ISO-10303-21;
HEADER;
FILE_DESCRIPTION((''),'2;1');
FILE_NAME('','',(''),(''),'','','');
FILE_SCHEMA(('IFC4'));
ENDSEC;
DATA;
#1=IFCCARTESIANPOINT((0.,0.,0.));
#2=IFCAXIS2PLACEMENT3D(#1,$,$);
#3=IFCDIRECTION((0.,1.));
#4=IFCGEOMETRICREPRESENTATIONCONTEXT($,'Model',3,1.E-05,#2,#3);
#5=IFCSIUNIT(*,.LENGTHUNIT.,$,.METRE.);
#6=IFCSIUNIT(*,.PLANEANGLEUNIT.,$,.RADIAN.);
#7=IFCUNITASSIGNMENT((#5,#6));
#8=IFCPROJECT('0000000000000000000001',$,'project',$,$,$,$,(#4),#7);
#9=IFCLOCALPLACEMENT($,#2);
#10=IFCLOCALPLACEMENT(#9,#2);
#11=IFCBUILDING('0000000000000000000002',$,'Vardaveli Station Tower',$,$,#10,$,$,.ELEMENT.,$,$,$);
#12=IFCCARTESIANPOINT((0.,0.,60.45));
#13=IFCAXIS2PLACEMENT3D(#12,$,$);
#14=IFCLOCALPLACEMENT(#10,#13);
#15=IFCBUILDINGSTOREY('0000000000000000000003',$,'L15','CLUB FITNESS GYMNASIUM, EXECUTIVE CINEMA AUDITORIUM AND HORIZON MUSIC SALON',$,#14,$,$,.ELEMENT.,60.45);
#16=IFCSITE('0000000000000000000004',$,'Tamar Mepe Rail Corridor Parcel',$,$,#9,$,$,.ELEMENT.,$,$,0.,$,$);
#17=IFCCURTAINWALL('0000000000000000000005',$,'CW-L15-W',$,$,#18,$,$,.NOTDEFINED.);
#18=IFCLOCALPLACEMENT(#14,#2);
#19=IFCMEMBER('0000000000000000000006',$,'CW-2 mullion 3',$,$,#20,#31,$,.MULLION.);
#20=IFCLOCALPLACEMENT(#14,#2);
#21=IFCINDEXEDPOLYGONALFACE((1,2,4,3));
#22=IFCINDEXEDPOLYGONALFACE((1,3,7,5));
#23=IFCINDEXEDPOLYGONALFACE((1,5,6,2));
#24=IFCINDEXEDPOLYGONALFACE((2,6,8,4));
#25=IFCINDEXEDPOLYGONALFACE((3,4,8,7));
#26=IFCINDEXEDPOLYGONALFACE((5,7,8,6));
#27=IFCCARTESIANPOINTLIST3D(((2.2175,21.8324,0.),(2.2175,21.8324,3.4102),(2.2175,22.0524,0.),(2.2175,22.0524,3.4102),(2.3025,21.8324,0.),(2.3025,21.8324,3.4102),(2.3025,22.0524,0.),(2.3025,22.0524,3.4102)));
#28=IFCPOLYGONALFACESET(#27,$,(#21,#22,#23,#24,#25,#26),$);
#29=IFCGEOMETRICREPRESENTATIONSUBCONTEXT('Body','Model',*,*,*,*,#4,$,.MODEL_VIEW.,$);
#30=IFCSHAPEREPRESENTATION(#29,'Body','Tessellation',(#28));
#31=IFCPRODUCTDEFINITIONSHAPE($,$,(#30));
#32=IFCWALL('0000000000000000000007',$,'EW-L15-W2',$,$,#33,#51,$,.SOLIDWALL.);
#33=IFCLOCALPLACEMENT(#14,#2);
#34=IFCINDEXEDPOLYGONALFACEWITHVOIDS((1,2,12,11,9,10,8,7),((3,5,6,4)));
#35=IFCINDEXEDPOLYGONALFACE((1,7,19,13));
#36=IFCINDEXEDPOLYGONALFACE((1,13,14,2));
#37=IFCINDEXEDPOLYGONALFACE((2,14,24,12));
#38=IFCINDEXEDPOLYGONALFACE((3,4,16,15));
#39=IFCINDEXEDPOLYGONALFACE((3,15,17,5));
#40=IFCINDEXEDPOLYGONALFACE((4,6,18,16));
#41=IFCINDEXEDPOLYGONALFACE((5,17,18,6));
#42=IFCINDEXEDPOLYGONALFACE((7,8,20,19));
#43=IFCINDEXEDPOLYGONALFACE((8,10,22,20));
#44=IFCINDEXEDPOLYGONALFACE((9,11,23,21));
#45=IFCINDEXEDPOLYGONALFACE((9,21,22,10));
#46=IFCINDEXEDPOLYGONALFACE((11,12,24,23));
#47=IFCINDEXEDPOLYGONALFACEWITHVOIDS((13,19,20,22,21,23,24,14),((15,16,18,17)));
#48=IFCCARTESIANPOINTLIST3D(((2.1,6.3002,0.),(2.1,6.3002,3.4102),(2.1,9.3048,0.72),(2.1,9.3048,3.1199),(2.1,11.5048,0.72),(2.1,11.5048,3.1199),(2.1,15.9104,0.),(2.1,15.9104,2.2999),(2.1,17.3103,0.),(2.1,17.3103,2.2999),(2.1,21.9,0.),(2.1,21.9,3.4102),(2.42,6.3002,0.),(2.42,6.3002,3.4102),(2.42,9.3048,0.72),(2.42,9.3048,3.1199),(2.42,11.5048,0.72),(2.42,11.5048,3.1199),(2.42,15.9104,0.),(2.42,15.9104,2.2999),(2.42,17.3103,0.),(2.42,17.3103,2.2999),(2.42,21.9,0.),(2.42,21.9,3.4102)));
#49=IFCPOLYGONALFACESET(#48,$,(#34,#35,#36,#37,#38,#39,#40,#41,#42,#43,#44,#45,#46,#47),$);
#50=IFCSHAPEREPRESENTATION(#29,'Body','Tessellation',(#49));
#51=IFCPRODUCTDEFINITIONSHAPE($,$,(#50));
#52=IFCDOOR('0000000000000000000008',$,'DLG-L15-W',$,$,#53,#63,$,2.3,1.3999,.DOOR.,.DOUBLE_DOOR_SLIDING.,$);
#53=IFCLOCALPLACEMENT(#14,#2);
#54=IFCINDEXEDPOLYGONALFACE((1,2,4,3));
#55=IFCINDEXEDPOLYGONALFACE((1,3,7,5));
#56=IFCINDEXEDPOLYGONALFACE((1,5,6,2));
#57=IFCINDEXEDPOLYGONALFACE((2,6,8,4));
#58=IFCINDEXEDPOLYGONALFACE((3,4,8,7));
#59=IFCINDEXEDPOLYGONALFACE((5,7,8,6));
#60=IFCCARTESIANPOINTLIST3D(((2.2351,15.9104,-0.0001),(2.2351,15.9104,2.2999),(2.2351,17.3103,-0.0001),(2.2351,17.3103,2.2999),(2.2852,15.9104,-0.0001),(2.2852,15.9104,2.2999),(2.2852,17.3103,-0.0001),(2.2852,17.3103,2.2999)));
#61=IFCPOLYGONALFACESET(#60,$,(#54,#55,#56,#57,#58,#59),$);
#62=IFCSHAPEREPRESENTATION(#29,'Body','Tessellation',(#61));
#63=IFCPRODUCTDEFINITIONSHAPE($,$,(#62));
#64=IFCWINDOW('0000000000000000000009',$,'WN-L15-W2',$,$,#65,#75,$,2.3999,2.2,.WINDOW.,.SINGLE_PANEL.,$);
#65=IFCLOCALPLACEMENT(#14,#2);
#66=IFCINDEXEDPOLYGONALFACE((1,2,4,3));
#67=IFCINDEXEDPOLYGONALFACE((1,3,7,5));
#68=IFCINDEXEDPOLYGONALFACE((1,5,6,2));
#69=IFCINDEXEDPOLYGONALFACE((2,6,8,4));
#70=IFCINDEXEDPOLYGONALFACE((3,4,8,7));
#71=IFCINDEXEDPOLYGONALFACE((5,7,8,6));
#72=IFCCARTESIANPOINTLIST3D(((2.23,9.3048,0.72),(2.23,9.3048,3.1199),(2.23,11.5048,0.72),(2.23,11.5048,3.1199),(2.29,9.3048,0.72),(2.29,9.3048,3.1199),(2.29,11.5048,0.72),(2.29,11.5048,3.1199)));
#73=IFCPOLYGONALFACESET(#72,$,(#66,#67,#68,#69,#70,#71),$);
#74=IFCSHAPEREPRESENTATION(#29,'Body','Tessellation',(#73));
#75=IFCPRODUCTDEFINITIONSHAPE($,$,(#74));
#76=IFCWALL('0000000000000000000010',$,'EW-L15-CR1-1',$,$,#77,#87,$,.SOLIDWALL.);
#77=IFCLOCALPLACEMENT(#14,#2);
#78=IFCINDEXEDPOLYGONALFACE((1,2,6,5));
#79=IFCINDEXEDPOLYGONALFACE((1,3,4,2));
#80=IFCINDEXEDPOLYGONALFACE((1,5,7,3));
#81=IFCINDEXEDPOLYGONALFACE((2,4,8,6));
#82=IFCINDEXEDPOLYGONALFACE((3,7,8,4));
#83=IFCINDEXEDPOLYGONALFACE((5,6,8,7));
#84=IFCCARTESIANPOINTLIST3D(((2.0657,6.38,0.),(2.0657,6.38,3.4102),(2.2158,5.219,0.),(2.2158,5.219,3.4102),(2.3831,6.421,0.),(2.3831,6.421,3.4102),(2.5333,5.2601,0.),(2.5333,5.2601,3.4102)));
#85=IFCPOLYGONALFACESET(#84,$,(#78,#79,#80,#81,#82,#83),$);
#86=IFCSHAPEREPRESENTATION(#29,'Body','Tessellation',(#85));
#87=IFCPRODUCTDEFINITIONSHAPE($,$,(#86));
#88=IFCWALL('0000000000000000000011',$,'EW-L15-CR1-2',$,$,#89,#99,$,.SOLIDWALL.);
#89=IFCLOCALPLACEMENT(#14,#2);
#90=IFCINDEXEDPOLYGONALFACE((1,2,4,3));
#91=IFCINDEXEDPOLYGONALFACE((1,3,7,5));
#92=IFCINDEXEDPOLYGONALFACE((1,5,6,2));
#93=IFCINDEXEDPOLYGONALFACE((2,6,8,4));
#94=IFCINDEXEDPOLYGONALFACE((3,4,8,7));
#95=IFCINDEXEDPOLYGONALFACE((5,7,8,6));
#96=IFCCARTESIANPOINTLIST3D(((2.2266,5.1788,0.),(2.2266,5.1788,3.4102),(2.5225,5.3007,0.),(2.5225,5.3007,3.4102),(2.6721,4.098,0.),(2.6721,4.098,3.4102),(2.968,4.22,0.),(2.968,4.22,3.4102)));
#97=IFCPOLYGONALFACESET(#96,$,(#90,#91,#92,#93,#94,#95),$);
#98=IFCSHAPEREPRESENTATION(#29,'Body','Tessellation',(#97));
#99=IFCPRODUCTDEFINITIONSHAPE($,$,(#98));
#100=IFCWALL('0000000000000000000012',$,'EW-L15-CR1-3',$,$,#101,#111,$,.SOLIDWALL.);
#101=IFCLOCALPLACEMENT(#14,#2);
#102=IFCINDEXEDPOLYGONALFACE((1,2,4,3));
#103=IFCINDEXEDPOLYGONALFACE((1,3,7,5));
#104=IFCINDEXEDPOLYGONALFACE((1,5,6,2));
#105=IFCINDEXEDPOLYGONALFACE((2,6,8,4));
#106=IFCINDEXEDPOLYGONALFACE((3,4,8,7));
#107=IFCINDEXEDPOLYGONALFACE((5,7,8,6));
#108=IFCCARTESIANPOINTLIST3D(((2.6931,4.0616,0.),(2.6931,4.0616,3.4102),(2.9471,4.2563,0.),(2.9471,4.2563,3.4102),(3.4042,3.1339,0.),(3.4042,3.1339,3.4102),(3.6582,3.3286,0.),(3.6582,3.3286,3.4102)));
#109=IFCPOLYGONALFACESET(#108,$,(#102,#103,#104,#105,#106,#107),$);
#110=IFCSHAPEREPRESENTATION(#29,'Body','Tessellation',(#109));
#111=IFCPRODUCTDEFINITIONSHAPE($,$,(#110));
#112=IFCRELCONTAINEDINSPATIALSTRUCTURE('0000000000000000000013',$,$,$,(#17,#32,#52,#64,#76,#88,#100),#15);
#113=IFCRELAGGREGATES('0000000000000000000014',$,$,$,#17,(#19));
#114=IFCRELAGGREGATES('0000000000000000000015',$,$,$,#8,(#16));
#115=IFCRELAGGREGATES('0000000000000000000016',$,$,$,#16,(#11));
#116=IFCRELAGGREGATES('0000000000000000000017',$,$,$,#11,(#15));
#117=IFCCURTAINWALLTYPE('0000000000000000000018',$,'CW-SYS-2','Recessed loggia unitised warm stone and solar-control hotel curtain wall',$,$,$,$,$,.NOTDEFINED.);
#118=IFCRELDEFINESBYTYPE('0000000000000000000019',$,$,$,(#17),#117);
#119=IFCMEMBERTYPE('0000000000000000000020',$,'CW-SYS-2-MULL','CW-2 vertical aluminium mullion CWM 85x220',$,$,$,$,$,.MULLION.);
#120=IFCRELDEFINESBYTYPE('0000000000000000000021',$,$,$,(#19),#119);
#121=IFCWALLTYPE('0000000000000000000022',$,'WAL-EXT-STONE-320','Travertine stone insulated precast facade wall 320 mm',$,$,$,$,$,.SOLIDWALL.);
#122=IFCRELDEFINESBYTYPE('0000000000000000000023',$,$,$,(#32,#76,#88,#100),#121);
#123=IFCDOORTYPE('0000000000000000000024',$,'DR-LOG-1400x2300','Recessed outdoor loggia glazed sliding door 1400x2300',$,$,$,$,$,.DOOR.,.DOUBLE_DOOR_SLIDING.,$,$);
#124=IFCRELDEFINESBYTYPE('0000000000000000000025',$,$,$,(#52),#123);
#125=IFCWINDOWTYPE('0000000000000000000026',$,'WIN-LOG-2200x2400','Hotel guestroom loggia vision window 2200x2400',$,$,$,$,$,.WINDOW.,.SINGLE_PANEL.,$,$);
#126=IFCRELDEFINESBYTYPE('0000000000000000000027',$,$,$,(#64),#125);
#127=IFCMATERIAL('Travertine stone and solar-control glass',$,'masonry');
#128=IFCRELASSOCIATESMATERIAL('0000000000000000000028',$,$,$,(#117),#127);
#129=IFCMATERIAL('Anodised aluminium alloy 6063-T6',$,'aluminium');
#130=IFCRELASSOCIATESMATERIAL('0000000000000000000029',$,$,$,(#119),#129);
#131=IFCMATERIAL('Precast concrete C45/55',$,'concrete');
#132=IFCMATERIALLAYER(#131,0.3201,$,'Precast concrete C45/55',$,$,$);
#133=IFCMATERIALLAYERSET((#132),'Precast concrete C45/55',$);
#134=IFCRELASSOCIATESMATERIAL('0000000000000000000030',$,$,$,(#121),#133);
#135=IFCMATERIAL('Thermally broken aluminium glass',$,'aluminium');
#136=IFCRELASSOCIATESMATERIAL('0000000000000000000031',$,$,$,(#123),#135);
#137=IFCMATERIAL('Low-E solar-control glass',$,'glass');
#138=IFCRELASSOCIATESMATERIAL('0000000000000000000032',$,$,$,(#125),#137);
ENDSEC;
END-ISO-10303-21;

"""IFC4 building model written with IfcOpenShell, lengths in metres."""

from ifc_helpers import new_model, si_unit, direction, frame, frame_2d, origin, origin_2d, place, context, subcontext, project, spatial, rectangle, extrude, source, transform, mapped, material, layer, layer_set, material_profile, profile_set, type_object, element, fill, aggregate, save


model = new_model("IFC4")

# Units and contexts
model_context = context("Model", 3, precision=1e-05, world=origin(), true_north=direction((0.0, 1.0)))
body_context = subcontext(model_context, "Body", "Model", "MODEL_VIEW")
ifc_project = project(units=[si_unit("LENGTHUNIT", "METRE"), si_unit("PLANEANGLEUNIT", "RADIAN")], contexts=[model_context])

# Site, building, storey
site_placement = place(None, origin())
site = spatial("IfcSite", under=ifc_project, at=site_placement, Name="Tamar Mepe Rail Corridor Parcel", CompositionType="ELEMENT", RefElevation=0.0)
building_placement = place(site_placement, origin())
building = spatial("IfcBuilding", under=site, at=building_placement, Name="Vardaveli Station Tower", CompositionType="ELEMENT")
storey_placement = place(building_placement, frame((0.0, 0.0, 60.45)))
storey = spatial("IfcBuildingStorey", under=building, at=storey_placement, Name="L15", Description="CLUB FITNESS GYMNASIUM, EXECUTIVE CINEMA AUDITORIUM AND HORIZON MUSIC SALON", CompositionType="ELEMENT", Elevation=60.45)

# Shared definitions
ifc_material_1 = material(Name="Precast concrete C45/55", Category="concrete")

# Curtain wall, member
ifc_material_2 = material(Name="Travertine stone and solar-control glass", Category="masonry")
curtain_wall_type = type_object("IfcCurtainWallType", Name="CW-SYS-2", Description="Recessed loggia unitised warm stone and solar-control hotel curtain wall", PredefinedType="NOTDEFINED", material=ifc_material_2)
curtain_wall_placement = place(storey_placement, origin())
curtain_wall = element("IfcCurtainWall", 1, at=curtain_wall_placement, inside=storey, type_object=curtain_wall_type, Name="CW-L15-W", PredefinedType="NOTDEFINED")
ifc_material_3 = material(Name="Anodised aluminium alloy 6063-T6", Category="aluminium")
ifc_material_profile_1 = material_profile(ifc_material_3, rectangle(XDim=0.085, YDim=0.22, at=origin_2d()), Name="CWM 85x220")
ifc_profile_set_1 = profile_set([ifc_material_profile_1], Name="Anodised aluminium alloy 6063-T6")
member_type = type_object("IfcMemberType", Name="CW-SYS-2-MULL", Description="CW-2 vertical aluminium mullion CWM 85x220", PredefinedType="MULLION", material=ifc_profile_set_1)
shared_shape_1 = source(origin(), body_context, "Body", "SweptSolid", [
    extrude(rectangle(XDim=0.085, YDim=0.22, at=origin_2d()), origin(), (0.0, 0.0, 1.0), 3.4102),
])
member_placement = place(storey_placement, frame((2.26, 21.9424, 0.0), z_axis=(0.0, 0.0, 1.0), x_axis=(1.0, 0.0, 0.0)))
member = element("IfcMember", 2, at=member_placement, type_object=member_type, Name="CW-2 mullion 3", PredefinedType="MULLION", context=body_context, shape_type="MappedRepresentation", body=[
    mapped(shared_shape_1, transform((0.0, 0.0, 0.0), scale=1.0)),
])
aggregate(curtain_wall, [member])

# Wall, openings, door, window
ifc_layer_1 = layer(ifc_material_1, 0.3201, Name="Precast concrete C45/55")
ifc_layer_set_1 = layer_set([ifc_layer_1], Name="Precast concrete C45/55")
wall_type_1 = type_object("IfcWallType", Name="WAL-EXT-STONE-320", Description="Travertine stone insulated precast facade wall 320 mm", PredefinedType="SOLIDWALL", material=ifc_layer_set_1)
shared_shape_2 = source(origin(), body_context, "Body", "SweptSolid", [
    extrude(rectangle(XDim=15.5999, YDim=0.3201, at=frame_2d((7.7998, 0.0))), origin(), (0.0, 0.0, 1.0), 3.4102),
])
wall_1_placement = place(storey_placement, frame((2.26, 21.8999, 0.0), z_axis=(0.0, 0.0, 1.0), x_axis=(0.0, -1.0, 0.0)))
wall_1 = element("IfcWall", 3, at=wall_1_placement, inside=storey, type_object=wall_type_1, Name="EW-L15-W2", PredefinedType="SOLIDWALL", context=body_context, shape_type="MappedRepresentation", body=[
    mapped(shared_shape_2, transform((0.0, 0.0, 0.0), scale=1.0)),
])
shared_shape_3 = source(origin(), body_context, "Body", "SweptSolid", [
    extrude(rectangle(XDim=1.3999, YDim=2.3, at=frame_2d((0.7, 1.1499))), frame((0.0, 0.1699, 0.0), z_axis=(0.0, -1.0, 0.0), x_axis=(1.0, 0.0, 0.0)), (0.0, 0.0, 1.0), 0.3401),
])
opening_1_placement = place(wall_1_placement, frame((4.5896, 0.0, 0.0)))
opening_1 = element("IfcOpeningElement", 4, at=opening_1_placement, cuts=wall_1, PredefinedType="OPENING", context=body_context, shape_type="MappedRepresentation", body=[
    mapped(shared_shape_3, transform((0.0, 0.0, 0.0), scale=1.0)),
])
shared_shape_4 = source(origin(), body_context, "Body", "SweptSolid", [
    extrude(rectangle(XDim=2.2, YDim=2.3999, at=frame_2d((1.1001, 1.2))), frame((0.0, 0.1699, 0.0), z_axis=(0.0, -1.0, 0.0), x_axis=(1.0, 0.0, 0.0)), (0.0, 0.0, 1.0), 0.3401),
])
opening_2_placement = place(wall_1_placement, frame((10.395, 0.0, 0.72)))
opening_2 = element("IfcOpeningElement", 5, at=opening_2_placement, cuts=wall_1, PredefinedType="OPENING", context=body_context, shape_type="MappedRepresentation", body=[
    mapped(shared_shape_4, transform((0.0, 0.0, 0.0), scale=1.0)),
])
ifc_material_4 = material(Name="Thermally broken aluminium glass", Category="aluminium")
door_type_1 = type_object("IfcDoorType", Name="DR-LOG-1400x2300", Description="Recessed outdoor loggia glazed sliding door 1400x2300", OperationType="DOUBLE_DOOR_SLIDING", PredefinedType="DOOR", material=ifc_material_4)
shared_shape_5 = source(origin(), body_context, "Body", "SweptSolid", [
    extrude(rectangle(XDim=1.3999, YDim=2.3, at=frame_2d((0.7, 1.1499))), frame((0.0, 0.0249, 0.0), z_axis=(0.0, -1.0, 0.0), x_axis=(1.0, 0.0, 0.0)), (0.0, 0.0, 1.0), 0.05),
])
door_1_placement = place(opening_1_placement, frame((1.3999, 0.0, 0.0), z_axis=(0.0, 0.0, 1.0), x_axis=(-1.0, 0.0, 0.0)))
door_1 = element("IfcDoor", 6, at=door_1_placement, inside=storey, type_object=door_type_1, Name="DLG-L15-W", OperationType="DOUBLE_DOOR_SLIDING", OverallHeight=2.3, OverallWidth=1.3999, PredefinedType="DOOR", context=body_context, shape_type="MappedRepresentation", body=[
    mapped(shared_shape_5, transform((0.0, 0.0, 0.0), scale=1.0)),
])
fill(opening_1, door_1)
ifc_material_5 = material(Name="Low-E solar-control glass", Category="glass")
window_type = type_object("IfcWindowType", Name="WIN-LOG-2200x2400", Description="Hotel guestroom loggia vision window 2200x2400", PartitioningType="SINGLE_PANEL", PredefinedType="WINDOW", material=ifc_material_5)
shared_shape_6 = source(origin(), body_context, "Body", "SweptSolid", [
    extrude(rectangle(XDim=2.2, YDim=2.3999, at=frame_2d((1.1001, 1.2))), frame((0.0, 0.03, 0.0), z_axis=(0.0, -1.0, 0.0), x_axis=(1.0, 0.0, 0.0)), (0.0, 0.0, 1.0), 0.0601),
])
window_placement = place(opening_2_placement, origin())
window = element("IfcWindow", 7, at=window_placement, inside=storey, type_object=window_type, Name="WN-L15-W2", OverallHeight=2.3999, OverallWidth=2.2, PartitioningType="SINGLE_PANEL", PredefinedType="WINDOW", context=body_context, shape_type="MappedRepresentation", body=[
    mapped(shared_shape_6, transform((0.0, 0.0, 0.0), scale=1.0)),
])
fill(opening_2, window)

# Walls
shared_shape_7 = source(origin(), body_context, "Body", "SweptSolid", [
    extrude(rectangle(XDim=1.1707, YDim=0.3201, at=frame_2d((0.5854, 0.0))), origin(), (0.0, 0.0, 1.0), 3.4102),
])
wall_2_placement = place(storey_placement, frame((2.2244, 6.4006, 0.0), z_axis=(0.0, 0.0, 1.0), x_axis=(0.128269, -0.991739, 0.0)))
element("IfcWall", 8, at=wall_2_placement, inside=storey, type_object=wall_type_1, Name="EW-L15-CR1-1", PredefinedType="SOLIDWALL", context=body_context, shape_type="MappedRepresentation", body=[
    mapped(shared_shape_7, transform((0.0, 0.0, 0.0), scale=1.0)),
])
shared_shape_8 = source(origin(), body_context, "Body", "SweptSolid", [
    extrude(rectangle(XDim=1.1689, YDim=0.3201, at=frame_2d((0.5845, 0.0))), origin(), (0.0, 0.0, 1.0), 3.4102),
])
for number, where, z_axis, x_axis, name in (
    (9, (2.3745, 5.2397, 0.0), (0.0, 0.0, 1.0), (0.381128, -0.924522, 0.0), "EW-L15-CR1-2"),
    (10, (2.8201, 4.1589, 0.0), (0.0, 0.0, 1.0), (0.608388, -0.79364, 0.0), "EW-L15-CR1-3"),
):
    element("IfcWall", number, at=place(storey_placement, frame(where, z_axis=z_axis, x_axis=x_axis)), inside=storey, type_object=wall_type_1, Name=name, PredefinedType="SOLIDWALL", context=body_context, shape_type="MappedRepresentation", body=[
        mapped(shared_shape_8, transform((0.0, 0.0, 0.0), scale=1.0)),
    ])

save(model, "model.ifc")
